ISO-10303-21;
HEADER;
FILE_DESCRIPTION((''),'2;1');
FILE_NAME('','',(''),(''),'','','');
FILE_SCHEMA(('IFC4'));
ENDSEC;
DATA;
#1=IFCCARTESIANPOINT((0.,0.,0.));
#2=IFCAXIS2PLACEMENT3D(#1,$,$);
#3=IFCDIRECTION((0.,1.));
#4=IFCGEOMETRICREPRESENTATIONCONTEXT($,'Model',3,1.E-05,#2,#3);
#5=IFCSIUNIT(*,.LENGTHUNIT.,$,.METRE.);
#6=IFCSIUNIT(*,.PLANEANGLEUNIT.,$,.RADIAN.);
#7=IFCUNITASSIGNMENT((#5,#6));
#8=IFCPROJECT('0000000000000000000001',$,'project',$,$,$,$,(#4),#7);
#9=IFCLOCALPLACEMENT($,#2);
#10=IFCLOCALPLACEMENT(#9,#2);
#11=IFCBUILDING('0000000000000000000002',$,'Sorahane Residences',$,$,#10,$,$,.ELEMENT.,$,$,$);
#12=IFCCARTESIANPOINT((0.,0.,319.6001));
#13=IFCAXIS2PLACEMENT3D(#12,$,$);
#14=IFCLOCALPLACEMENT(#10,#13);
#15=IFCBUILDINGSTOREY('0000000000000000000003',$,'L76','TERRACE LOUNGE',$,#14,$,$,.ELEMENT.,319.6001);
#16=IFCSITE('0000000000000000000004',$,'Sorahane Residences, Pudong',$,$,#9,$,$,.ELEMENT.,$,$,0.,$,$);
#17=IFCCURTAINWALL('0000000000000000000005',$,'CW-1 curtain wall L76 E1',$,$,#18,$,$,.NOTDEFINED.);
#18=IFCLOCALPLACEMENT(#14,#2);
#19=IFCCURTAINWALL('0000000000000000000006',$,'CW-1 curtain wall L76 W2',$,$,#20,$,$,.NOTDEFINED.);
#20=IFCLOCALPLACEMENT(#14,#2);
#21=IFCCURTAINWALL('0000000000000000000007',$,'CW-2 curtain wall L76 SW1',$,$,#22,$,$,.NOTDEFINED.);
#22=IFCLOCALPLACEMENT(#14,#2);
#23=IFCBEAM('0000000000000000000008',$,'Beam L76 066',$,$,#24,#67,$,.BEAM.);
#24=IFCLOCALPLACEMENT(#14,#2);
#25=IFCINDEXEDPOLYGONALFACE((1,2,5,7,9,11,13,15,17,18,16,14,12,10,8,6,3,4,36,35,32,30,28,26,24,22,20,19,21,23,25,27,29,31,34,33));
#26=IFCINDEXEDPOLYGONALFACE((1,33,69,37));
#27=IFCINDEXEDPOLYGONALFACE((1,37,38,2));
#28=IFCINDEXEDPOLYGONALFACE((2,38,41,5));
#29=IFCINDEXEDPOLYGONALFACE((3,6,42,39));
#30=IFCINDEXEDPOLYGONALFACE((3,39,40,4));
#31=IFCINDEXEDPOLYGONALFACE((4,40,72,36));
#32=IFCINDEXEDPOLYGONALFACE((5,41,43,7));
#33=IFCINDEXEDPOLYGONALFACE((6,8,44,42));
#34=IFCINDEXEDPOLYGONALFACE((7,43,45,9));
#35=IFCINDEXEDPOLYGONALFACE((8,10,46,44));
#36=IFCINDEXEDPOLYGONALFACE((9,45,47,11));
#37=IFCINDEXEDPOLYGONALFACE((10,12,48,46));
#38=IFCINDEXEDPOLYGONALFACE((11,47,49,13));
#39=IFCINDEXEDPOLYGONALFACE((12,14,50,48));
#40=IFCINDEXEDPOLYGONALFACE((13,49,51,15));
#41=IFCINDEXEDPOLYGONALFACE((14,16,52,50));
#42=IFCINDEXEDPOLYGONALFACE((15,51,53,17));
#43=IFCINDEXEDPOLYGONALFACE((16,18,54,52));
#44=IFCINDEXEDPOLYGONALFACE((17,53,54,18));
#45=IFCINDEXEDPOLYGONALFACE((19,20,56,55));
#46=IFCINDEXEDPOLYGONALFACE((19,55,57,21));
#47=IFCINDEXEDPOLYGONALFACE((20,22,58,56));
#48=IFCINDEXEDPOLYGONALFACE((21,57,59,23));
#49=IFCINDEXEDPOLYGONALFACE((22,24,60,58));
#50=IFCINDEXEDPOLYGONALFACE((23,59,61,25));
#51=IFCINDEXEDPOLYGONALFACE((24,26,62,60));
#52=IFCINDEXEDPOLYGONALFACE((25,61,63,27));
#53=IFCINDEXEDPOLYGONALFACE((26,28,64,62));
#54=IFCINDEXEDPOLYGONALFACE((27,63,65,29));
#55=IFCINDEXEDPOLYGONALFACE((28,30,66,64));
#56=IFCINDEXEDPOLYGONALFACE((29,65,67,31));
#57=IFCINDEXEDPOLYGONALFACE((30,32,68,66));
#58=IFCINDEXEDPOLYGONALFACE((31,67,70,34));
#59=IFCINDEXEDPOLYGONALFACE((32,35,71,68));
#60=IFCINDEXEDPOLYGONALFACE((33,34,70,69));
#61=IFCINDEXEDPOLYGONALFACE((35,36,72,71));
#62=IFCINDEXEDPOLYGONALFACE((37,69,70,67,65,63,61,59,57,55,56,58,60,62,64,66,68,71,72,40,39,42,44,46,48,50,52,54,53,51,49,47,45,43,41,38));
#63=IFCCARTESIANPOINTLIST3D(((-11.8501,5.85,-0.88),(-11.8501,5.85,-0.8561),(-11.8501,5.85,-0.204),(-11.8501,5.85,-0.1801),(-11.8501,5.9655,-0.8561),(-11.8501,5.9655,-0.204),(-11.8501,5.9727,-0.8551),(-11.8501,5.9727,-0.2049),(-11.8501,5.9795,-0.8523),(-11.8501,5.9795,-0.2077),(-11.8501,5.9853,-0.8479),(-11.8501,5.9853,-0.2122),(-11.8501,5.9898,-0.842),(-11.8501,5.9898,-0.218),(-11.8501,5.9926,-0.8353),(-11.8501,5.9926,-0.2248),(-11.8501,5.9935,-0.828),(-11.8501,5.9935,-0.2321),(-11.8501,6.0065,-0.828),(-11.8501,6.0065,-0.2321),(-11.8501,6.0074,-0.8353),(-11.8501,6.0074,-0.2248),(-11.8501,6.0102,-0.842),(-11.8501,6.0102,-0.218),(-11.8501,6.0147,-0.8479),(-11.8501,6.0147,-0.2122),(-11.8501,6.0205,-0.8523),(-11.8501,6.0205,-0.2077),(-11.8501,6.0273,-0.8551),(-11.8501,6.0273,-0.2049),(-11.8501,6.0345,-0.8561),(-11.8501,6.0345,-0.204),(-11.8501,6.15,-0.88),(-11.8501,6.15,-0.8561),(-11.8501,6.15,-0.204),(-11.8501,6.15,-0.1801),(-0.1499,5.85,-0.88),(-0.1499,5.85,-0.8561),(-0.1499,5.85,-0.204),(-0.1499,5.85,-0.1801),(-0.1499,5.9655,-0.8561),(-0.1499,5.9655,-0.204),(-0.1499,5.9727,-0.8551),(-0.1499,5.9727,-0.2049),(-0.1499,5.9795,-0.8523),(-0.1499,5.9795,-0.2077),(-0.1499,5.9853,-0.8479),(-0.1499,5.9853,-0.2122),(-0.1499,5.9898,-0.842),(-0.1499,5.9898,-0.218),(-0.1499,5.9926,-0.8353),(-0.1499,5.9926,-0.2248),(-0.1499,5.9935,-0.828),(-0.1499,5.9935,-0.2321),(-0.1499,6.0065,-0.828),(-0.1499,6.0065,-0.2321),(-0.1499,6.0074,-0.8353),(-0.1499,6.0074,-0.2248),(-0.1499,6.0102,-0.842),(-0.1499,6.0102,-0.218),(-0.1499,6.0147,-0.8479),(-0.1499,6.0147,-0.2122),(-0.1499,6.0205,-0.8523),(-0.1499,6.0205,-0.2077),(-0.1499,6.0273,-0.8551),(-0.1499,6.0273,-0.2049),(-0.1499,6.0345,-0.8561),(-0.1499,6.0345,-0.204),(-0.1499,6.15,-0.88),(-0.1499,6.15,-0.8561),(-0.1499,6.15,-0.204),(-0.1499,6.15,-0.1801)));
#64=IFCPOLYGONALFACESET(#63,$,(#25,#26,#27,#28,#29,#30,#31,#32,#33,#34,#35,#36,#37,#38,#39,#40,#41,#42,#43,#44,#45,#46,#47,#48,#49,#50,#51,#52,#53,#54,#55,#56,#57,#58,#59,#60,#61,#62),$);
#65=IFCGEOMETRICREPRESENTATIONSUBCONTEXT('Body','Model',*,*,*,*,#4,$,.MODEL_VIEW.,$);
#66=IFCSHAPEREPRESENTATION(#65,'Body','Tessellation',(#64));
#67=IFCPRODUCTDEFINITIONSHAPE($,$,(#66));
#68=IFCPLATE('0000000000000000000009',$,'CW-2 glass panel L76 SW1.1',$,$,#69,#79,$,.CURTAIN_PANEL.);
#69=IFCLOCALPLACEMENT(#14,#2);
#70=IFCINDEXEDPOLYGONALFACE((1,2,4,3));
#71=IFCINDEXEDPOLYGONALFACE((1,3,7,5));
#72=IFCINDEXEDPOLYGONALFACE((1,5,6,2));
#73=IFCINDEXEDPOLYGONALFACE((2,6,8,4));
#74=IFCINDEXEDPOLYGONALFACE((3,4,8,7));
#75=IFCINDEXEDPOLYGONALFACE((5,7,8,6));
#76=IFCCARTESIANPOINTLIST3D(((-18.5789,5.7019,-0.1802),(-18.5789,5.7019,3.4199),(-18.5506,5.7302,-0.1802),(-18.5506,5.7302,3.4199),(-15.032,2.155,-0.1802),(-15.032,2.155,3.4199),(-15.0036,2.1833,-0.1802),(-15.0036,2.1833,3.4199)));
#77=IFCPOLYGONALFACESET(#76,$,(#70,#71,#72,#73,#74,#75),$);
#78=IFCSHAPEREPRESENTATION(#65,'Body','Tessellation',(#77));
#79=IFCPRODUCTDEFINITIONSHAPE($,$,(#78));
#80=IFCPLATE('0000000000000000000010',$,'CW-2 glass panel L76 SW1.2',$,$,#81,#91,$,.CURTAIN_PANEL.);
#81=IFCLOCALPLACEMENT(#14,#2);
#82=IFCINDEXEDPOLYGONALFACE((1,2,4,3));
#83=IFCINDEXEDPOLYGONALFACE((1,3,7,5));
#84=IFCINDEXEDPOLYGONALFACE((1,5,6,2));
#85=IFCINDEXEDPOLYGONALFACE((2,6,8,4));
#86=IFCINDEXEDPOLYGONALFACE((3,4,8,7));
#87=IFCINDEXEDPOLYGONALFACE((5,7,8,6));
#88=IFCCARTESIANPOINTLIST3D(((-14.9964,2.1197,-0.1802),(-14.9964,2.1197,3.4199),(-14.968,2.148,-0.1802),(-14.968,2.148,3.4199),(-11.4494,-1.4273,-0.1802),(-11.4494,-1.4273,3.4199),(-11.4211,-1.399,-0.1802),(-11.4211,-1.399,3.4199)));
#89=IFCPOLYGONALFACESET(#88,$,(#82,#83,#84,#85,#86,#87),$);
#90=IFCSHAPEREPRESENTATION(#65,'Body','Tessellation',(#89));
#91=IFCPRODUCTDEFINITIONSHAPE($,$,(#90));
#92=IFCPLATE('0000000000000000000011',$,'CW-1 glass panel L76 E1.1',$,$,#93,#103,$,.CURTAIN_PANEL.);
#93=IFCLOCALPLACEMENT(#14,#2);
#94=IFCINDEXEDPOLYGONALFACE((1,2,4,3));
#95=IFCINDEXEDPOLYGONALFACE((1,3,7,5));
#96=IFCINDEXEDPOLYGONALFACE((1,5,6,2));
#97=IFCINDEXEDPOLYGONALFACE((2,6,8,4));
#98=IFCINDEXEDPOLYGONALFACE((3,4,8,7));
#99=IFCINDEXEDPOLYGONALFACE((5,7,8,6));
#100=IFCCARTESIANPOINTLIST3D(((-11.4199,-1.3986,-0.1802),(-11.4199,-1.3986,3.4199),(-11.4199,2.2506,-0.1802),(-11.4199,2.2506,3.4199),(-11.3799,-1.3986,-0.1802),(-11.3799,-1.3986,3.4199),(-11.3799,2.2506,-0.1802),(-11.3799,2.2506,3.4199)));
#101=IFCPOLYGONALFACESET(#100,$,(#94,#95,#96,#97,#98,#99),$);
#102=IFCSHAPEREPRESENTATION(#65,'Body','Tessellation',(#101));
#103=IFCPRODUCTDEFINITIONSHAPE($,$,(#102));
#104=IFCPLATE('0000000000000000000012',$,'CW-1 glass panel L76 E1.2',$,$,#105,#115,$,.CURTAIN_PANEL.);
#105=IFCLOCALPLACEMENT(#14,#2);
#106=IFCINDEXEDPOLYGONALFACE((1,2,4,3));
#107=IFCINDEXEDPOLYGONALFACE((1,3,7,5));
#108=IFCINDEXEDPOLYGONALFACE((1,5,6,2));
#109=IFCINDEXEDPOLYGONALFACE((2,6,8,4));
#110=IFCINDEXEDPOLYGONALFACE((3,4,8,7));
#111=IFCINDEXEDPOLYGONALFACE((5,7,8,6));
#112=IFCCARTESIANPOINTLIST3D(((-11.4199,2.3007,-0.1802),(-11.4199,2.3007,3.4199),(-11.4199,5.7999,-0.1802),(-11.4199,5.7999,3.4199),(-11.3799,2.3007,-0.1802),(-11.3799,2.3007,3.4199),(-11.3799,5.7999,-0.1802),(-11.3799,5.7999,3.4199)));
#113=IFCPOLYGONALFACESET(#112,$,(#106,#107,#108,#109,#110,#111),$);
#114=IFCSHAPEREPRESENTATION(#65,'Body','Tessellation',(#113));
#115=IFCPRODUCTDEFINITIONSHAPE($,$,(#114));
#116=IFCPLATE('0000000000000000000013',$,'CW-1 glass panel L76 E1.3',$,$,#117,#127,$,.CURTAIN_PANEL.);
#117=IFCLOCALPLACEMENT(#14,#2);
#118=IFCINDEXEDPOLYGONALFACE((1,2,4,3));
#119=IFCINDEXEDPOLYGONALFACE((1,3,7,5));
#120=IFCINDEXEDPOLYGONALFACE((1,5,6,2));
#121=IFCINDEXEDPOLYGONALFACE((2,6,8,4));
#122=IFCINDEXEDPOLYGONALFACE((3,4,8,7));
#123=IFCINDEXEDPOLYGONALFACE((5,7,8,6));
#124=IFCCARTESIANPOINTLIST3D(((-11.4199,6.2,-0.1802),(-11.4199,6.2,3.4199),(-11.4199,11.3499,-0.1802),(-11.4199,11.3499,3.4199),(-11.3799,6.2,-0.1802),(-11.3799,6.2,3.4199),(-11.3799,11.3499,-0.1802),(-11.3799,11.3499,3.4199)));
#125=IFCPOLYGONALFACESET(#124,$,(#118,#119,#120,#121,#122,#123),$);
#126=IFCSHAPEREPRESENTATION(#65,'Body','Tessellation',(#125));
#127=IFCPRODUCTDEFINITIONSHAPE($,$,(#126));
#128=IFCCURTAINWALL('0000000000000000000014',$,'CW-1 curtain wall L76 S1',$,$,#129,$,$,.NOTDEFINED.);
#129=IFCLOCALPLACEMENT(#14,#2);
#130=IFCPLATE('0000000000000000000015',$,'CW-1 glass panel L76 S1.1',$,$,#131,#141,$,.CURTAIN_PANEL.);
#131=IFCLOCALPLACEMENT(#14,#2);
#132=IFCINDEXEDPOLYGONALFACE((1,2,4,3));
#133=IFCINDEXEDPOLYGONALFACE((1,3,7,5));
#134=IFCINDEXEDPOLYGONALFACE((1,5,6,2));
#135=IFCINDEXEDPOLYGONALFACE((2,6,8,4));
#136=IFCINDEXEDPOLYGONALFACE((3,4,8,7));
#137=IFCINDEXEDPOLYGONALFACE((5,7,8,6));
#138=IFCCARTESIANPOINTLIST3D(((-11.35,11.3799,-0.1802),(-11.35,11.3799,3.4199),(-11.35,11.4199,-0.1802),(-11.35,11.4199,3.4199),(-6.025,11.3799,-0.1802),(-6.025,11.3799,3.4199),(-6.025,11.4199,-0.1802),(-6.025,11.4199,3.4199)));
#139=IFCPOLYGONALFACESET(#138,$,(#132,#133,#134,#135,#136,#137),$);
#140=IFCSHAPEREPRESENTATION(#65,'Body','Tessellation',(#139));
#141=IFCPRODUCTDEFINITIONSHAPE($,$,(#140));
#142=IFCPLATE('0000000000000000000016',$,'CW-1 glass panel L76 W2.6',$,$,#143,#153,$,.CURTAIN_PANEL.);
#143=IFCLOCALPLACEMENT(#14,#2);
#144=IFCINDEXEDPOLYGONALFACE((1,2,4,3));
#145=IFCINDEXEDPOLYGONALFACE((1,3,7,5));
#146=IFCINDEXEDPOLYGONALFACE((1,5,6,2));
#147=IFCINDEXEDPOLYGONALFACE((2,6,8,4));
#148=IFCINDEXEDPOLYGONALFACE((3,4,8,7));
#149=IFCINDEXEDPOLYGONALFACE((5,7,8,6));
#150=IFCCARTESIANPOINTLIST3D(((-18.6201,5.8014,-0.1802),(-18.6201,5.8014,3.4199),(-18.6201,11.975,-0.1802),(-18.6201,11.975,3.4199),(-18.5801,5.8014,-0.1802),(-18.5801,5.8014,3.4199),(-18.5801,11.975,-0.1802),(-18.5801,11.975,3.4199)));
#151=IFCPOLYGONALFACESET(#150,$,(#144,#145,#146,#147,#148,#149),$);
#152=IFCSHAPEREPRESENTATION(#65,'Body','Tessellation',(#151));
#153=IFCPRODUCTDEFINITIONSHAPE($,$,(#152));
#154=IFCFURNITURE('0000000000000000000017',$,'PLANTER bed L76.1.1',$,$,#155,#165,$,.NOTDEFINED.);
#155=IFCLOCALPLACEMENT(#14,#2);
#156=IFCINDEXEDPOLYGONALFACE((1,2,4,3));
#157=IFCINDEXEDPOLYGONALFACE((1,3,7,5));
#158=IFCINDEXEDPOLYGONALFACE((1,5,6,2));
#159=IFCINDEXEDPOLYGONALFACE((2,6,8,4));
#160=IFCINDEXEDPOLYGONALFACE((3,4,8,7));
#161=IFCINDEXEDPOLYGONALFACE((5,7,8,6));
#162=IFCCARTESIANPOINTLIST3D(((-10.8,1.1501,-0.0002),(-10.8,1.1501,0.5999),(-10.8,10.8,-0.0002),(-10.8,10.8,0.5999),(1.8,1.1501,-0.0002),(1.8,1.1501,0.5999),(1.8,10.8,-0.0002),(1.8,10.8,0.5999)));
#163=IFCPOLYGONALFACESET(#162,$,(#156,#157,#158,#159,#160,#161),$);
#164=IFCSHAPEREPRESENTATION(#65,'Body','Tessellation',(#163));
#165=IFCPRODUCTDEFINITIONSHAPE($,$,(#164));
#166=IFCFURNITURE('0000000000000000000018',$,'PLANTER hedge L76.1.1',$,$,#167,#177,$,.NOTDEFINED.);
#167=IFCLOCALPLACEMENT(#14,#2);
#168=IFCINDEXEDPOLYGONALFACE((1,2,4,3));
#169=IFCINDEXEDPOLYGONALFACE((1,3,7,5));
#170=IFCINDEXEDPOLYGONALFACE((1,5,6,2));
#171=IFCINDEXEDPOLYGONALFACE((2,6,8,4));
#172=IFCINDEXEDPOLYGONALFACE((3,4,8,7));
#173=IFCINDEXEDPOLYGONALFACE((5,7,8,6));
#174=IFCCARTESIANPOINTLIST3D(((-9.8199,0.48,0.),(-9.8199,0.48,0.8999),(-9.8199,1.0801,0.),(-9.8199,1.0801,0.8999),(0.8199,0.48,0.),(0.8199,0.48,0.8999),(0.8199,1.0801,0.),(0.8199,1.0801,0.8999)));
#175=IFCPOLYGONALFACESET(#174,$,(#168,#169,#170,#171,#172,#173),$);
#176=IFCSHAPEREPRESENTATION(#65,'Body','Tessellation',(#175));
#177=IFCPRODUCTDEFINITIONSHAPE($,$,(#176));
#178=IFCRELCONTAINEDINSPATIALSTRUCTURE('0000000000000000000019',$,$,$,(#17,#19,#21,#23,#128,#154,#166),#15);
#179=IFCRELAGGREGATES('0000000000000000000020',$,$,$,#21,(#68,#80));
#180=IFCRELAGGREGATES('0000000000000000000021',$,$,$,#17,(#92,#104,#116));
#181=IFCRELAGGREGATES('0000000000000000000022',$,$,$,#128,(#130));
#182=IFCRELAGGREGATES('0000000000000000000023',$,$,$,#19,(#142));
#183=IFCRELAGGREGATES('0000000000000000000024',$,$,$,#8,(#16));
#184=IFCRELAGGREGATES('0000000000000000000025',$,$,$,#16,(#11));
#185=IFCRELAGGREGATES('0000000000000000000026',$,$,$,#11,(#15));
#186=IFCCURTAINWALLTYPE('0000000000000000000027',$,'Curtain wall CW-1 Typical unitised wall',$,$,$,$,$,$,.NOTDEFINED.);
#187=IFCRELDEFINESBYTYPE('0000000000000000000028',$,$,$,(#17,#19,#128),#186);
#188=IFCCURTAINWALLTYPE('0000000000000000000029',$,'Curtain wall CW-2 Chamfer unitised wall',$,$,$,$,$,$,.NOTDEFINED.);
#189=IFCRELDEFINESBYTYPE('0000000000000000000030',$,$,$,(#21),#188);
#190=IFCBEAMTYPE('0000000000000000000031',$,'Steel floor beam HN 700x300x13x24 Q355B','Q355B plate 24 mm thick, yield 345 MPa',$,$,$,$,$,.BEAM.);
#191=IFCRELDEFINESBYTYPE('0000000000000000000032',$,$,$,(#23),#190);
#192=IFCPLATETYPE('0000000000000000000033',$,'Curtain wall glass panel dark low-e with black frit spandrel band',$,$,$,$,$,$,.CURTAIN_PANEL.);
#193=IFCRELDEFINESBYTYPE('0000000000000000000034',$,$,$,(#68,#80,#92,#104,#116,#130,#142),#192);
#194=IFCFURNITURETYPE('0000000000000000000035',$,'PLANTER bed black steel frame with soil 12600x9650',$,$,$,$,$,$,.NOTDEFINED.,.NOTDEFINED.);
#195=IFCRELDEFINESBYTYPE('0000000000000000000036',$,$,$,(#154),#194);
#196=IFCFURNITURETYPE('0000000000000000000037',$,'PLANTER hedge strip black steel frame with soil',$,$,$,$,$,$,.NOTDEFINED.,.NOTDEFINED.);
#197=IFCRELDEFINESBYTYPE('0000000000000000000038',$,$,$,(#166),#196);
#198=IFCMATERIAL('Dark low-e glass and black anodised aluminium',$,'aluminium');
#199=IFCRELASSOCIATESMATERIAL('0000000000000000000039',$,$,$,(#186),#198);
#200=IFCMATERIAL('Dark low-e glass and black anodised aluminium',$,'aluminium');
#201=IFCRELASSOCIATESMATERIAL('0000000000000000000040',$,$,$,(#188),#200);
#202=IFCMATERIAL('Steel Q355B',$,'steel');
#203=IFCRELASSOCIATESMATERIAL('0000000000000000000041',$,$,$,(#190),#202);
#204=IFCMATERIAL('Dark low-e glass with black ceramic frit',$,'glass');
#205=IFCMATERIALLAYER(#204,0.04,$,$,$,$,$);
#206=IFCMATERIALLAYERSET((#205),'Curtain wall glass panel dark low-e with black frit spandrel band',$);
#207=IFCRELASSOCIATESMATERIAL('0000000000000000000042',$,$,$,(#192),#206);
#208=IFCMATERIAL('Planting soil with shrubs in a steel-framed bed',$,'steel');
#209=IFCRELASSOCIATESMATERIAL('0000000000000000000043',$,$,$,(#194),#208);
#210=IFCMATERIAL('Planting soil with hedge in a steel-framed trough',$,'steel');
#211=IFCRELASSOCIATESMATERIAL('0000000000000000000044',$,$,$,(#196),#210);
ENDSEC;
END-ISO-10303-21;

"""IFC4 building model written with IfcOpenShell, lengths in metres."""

from ifc_helpers import new_model, si_unit, direction, frame, origin, origin_2d, place, context, subcontext, project, spatial, rectangle, i_section, extrude, material, layer, layer_set, material_profile, profile_set, type_object, element, aggregate, save


model = new_model("IFC4")

# Units and contexts
model_context = context("Model", 3, precision=1e-05, world=origin(), true_north=direction((0.0, 1.0)))
body_context = subcontext(model_context, "Body", "Model", "MODEL_VIEW")
ifc_project = project(units=[si_unit("LENGTHUNIT", "METRE"), si_unit("PLANEANGLEUNIT", "RADIAN")], contexts=[model_context])

# Site, building, storey
site_placement = place(None, origin())
site = spatial("IfcSite", under=ifc_project, at=site_placement, Name="Sorahane Residences, Pudong", CompositionType="ELEMENT", RefElevation=0.0)
building_placement = place(site_placement, origin())
building = spatial("IfcBuilding", under=site, at=building_placement, Name="Sorahane Residences", CompositionType="ELEMENT")
storey_placement = place(building_placement, frame((0.0, 0.0, 319.6001)))
storey = spatial("IfcBuildingStorey", under=building, at=storey_placement, Name="L76", Description="TERRACE LOUNGE", CompositionType="ELEMENT", Elevation=319.6001)

# Curtain wall
ifc_material_1 = material(Name="Dark low-e glass and black anodised aluminium", Category="aluminium")
curtain_wall_type_1 = type_object("IfcCurtainWallType", Name="Curtain wall CW-1 Typical unitised wall", PredefinedType="NOTDEFINED", material=ifc_material_1)
curtain_wall_1_placement = place(storey_placement, origin())
curtain_wall_1 = element("IfcCurtainWall", 1, at=curtain_wall_1_placement, inside=storey, type_object=curtain_wall_type_1, Name="CW-1 curtain wall L76 E1", PredefinedType="NOTDEFINED")

# Curtain wall
curtain_wall_2_placement = place(storey_placement, origin())
curtain_wall_2 = element("IfcCurtainWall", 2, at=curtain_wall_2_placement, inside=storey, type_object=curtain_wall_type_1, Name="CW-1 curtain wall L76 W2", PredefinedType="NOTDEFINED")

# Curtain wall
ifc_material_2 = material(Name="Dark low-e glass and black anodised aluminium", Category="aluminium")
curtain_wall_type_2 = type_object("IfcCurtainWallType", Name="Curtain wall CW-2 Chamfer unitised wall", PredefinedType="NOTDEFINED", material=ifc_material_2)
curtain_wall_3_placement = place(storey_placement, origin())
curtain_wall_3 = element("IfcCurtainWall", 3, at=curtain_wall_3_placement, inside=storey, type_object=curtain_wall_type_2, Name="CW-2 curtain wall L76 SW1", PredefinedType="NOTDEFINED")

# Beam
ifc_material_3 = material(Name="Steel Q355B", Category="steel")
ifc_material_profile_1 = material_profile(ifc_material_3, i_section(OverallWidth=0.3, OverallDepth=0.7, WebThickness=0.0129, FlangeThickness=0.0239, FilletRadius=0.0281, at=origin_2d()), Name="HN 700x300x13x24")
ifc_profile_set_1 = profile_set([ifc_material_profile_1], Name="Steel Q355B")
beam_type_1 = type_object("IfcBeamType", Name="Steel floor beam HN 700x300x13x24 Q355B", Description="Q355B plate 24 mm thick, yield 345 MPa", PredefinedType="BEAM", material=ifc_profile_set_1)
beam_1_placement = place(storey_placement, frame((-11.8501, 6.0, -0.53), z_axis=(1.0, 0.0, 0.0), x_axis=(0.0, 1.0, 0.0)))
element("IfcBeam", 4, at=beam_1_placement, inside=storey, type_object=beam_type_1, Name="Beam L76 066", PredefinedType="BEAM", context=body_context, shape_type="SweptSolid", body=[
    extrude(i_section(OverallWidth=0.3, OverallDepth=0.7, WebThickness=0.0129, FlangeThickness=0.0239, FilletRadius=0.0281, at=origin_2d()), origin(), (0.0, 0.0, 1.0), 11.7002),
])

# Plates
ifc_material_4 = material(Name="Dark low-e glass with black ceramic frit", Category="glass")
ifc_layer_1 = layer(ifc_material_4, 0.04)
ifc_layer_set_1 = layer_set([ifc_layer_1], Name="Curtain wall glass panel dark low-e with black frit spandrel band")
plate_type = type_object("IfcPlateType", Name="Curtain wall glass panel dark low-e with black frit spandrel band", PredefinedType="CURTAIN_PANEL", material=ifc_layer_set_1)
plate_1_placement = place(storey_placement, frame((-16.7913, 3.9426, -0.1802), z_axis=(0.0, 0.0, 1.0), x_axis=(0.707107, -0.707107, 0.0)))
plate_1 = element("IfcPlate", 5, at=plate_1_placement, type_object=plate_type, Name="CW-2 glass panel L76 SW1.1", PredefinedType="CURTAIN_PANEL", context=body_context, shape_type="SweptSolid", body=[
    extrude(rectangle(XDim=5.0161, YDim=0.04, at=origin_2d()), origin(), (0.0, 0.0, 1.0), 3.6001),
])
plate_2_placement = place(storey_placement, frame((-13.2087, 0.3604, -0.1802), z_axis=(0.0, 0.0, 1.0), x_axis=(0.707107, -0.707107, 0.0)))
plate_2 = element("IfcPlate", 6, at=plate_2_placement, type_object=plate_type, Name="CW-2 glass panel L76 SW1.2", PredefinedType="CURTAIN_PANEL", context=body_context, shape_type="SweptSolid", body=[
    extrude(rectangle(XDim=5.0161, YDim=0.04, at=origin_2d()), origin(), (0.0, 0.0, 1.0), 3.6001),
])
aggregate(curtain_wall_3, [plate_1, plate_2])
plate_3_placement = place(storey_placement, frame((-11.3999, 0.426, -0.1802), z_axis=(0.0, 0.0, 1.0), x_axis=(0.0, 1.0, 0.0)))
plate_3 = element("IfcPlate", 7, at=plate_3_placement, type_object=plate_type, Name="CW-1 glass panel L76 E1.1", PredefinedType="CURTAIN_PANEL", context=body_context, shape_type="SweptSolid", body=[
    extrude(rectangle(XDim=3.6492, YDim=0.04, at=origin_2d()), origin(), (0.0, 0.0, 1.0), 3.6001),
])
plate_4_placement = place(storey_placement, frame((-11.3999, 4.0503, -0.1802), z_axis=(0.0, 0.0, 1.0), x_axis=(0.0, 1.0, 0.0)))
plate_4 = element("IfcPlate", 8, at=plate_4_placement, type_object=plate_type, Name="CW-1 glass panel L76 E1.2", PredefinedType="CURTAIN_PANEL", context=body_context, shape_type="SweptSolid", body=[
    extrude(rectangle(XDim=3.4993, YDim=0.04, at=origin_2d()), origin(), (0.0, 0.0, 1.0), 3.6001),
])
plate_5_placement = place(storey_placement, frame((-11.3999, 8.7749, -0.1802), z_axis=(0.0, 0.0, 1.0), x_axis=(0.0, 1.0, 0.0)))
plate_5 = element("IfcPlate", 9, at=plate_5_placement, type_object=plate_type, Name="CW-1 glass panel L76 E1.3", PredefinedType="CURTAIN_PANEL", context=body_context, shape_type="SweptSolid", body=[
    extrude(rectangle(XDim=5.1499, YDim=0.04, at=origin_2d()), origin(), (0.0, 0.0, 1.0), 3.6001),
])
aggregate(curtain_wall_1, [plate_3, plate_4, plate_5])

# Curtain wall, plate
curtain_wall_4_placement = place(storey_placement, origin())
curtain_wall_4 = element("IfcCurtainWall", 10, at=curtain_wall_4_placement, inside=storey, type_object=curtain_wall_type_1, Name="CW-1 curtain wall L76 S1", PredefinedType="NOTDEFINED")
plate_6_placement = place(storey_placement, frame((-8.6875, 11.3999, -0.1802), z_axis=(0.0, 0.0, 1.0), x_axis=(1.0, 0.0, 0.0)))
plate_6 = element("IfcPlate", 11, at=plate_6_placement, type_object=plate_type, Name="CW-1 glass panel L76 S1.1", PredefinedType="CURTAIN_PANEL", context=body_context, shape_type="SweptSolid", body=[
    extrude(rectangle(XDim=5.325, YDim=0.04, at=origin_2d()), origin(), (0.0, 0.0, 1.0), 3.6001),
])
aggregate(curtain_wall_4, [plate_6])

# Plate
plate_7_placement = place(storey_placement, frame((-18.6001, 8.8882, -0.1802), z_axis=(0.0, 0.0, 1.0), x_axis=(0.0, -1.0, 0.0)))
plate_7 = element("IfcPlate", 12, at=plate_7_placement, type_object=plate_type, Name="CW-1 glass panel L76 W2.6", PredefinedType="CURTAIN_PANEL", context=body_context, shape_type="SweptSolid", body=[
    extrude(rectangle(XDim=6.1736, YDim=0.04, at=origin_2d()), origin(), (0.0, 0.0, 1.0), 3.6001),
])
aggregate(curtain_wall_2, [plate_7])

# Furniture
ifc_material_5 = material(Name="Planting soil with shrubs in a steel-framed bed", Category="steel")
furniture_type_1 = type_object("IfcFurnitureType", Name="PLANTER bed black steel frame with soil 12600x9650", AssemblyPlace="NOTDEFINED", PredefinedType="NOTDEFINED", material=ifc_material_5)
furniture_1_placement = place(storey_placement, frame((-4.5, 5.9751, -0.0002), z_axis=(0.0, 0.0, 1.0), x_axis=(1.0, 0.0, 0.0)))
element("IfcFurniture", 13, at=furniture_1_placement, inside=storey, type_object=furniture_type_1, Name="PLANTER bed L76.1.1", PredefinedType="NOTDEFINED", context=body_context, shape_type="SweptSolid", body=[
    extrude(rectangle(XDim=12.6001, YDim=9.6499, at=origin_2d()), origin(), (0.0, 0.0, 1.0), 0.6001),
])
ifc_material_6 = material(Name="Planting soil with hedge in a steel-framed trough", Category="steel")
furniture_type_2 = type_object("IfcFurnitureType", Name="PLANTER hedge strip black steel frame with soil", AssemblyPlace="NOTDEFINED", PredefinedType="NOTDEFINED", material=ifc_material_6)
furniture_2_placement = place(storey_placement, frame((-4.5, 0.78, 0.0), z_axis=(0.0, 0.0, 1.0), x_axis=(-1.0, 0.0, 0.0)))
element("IfcFurniture", 14, at=furniture_2_placement, inside=storey, type_object=furniture_type_2, Name="PLANTER hedge L76.1.1", PredefinedType="NOTDEFINED", context=body_context, shape_type="SweptSolid", body=[
    extrude(rectangle(XDim=10.6399, YDim=0.6001, at=origin_2d()), origin(), (0.0, 0.0, 1.0), 0.8999),
])

save(model, "model.ifc")
